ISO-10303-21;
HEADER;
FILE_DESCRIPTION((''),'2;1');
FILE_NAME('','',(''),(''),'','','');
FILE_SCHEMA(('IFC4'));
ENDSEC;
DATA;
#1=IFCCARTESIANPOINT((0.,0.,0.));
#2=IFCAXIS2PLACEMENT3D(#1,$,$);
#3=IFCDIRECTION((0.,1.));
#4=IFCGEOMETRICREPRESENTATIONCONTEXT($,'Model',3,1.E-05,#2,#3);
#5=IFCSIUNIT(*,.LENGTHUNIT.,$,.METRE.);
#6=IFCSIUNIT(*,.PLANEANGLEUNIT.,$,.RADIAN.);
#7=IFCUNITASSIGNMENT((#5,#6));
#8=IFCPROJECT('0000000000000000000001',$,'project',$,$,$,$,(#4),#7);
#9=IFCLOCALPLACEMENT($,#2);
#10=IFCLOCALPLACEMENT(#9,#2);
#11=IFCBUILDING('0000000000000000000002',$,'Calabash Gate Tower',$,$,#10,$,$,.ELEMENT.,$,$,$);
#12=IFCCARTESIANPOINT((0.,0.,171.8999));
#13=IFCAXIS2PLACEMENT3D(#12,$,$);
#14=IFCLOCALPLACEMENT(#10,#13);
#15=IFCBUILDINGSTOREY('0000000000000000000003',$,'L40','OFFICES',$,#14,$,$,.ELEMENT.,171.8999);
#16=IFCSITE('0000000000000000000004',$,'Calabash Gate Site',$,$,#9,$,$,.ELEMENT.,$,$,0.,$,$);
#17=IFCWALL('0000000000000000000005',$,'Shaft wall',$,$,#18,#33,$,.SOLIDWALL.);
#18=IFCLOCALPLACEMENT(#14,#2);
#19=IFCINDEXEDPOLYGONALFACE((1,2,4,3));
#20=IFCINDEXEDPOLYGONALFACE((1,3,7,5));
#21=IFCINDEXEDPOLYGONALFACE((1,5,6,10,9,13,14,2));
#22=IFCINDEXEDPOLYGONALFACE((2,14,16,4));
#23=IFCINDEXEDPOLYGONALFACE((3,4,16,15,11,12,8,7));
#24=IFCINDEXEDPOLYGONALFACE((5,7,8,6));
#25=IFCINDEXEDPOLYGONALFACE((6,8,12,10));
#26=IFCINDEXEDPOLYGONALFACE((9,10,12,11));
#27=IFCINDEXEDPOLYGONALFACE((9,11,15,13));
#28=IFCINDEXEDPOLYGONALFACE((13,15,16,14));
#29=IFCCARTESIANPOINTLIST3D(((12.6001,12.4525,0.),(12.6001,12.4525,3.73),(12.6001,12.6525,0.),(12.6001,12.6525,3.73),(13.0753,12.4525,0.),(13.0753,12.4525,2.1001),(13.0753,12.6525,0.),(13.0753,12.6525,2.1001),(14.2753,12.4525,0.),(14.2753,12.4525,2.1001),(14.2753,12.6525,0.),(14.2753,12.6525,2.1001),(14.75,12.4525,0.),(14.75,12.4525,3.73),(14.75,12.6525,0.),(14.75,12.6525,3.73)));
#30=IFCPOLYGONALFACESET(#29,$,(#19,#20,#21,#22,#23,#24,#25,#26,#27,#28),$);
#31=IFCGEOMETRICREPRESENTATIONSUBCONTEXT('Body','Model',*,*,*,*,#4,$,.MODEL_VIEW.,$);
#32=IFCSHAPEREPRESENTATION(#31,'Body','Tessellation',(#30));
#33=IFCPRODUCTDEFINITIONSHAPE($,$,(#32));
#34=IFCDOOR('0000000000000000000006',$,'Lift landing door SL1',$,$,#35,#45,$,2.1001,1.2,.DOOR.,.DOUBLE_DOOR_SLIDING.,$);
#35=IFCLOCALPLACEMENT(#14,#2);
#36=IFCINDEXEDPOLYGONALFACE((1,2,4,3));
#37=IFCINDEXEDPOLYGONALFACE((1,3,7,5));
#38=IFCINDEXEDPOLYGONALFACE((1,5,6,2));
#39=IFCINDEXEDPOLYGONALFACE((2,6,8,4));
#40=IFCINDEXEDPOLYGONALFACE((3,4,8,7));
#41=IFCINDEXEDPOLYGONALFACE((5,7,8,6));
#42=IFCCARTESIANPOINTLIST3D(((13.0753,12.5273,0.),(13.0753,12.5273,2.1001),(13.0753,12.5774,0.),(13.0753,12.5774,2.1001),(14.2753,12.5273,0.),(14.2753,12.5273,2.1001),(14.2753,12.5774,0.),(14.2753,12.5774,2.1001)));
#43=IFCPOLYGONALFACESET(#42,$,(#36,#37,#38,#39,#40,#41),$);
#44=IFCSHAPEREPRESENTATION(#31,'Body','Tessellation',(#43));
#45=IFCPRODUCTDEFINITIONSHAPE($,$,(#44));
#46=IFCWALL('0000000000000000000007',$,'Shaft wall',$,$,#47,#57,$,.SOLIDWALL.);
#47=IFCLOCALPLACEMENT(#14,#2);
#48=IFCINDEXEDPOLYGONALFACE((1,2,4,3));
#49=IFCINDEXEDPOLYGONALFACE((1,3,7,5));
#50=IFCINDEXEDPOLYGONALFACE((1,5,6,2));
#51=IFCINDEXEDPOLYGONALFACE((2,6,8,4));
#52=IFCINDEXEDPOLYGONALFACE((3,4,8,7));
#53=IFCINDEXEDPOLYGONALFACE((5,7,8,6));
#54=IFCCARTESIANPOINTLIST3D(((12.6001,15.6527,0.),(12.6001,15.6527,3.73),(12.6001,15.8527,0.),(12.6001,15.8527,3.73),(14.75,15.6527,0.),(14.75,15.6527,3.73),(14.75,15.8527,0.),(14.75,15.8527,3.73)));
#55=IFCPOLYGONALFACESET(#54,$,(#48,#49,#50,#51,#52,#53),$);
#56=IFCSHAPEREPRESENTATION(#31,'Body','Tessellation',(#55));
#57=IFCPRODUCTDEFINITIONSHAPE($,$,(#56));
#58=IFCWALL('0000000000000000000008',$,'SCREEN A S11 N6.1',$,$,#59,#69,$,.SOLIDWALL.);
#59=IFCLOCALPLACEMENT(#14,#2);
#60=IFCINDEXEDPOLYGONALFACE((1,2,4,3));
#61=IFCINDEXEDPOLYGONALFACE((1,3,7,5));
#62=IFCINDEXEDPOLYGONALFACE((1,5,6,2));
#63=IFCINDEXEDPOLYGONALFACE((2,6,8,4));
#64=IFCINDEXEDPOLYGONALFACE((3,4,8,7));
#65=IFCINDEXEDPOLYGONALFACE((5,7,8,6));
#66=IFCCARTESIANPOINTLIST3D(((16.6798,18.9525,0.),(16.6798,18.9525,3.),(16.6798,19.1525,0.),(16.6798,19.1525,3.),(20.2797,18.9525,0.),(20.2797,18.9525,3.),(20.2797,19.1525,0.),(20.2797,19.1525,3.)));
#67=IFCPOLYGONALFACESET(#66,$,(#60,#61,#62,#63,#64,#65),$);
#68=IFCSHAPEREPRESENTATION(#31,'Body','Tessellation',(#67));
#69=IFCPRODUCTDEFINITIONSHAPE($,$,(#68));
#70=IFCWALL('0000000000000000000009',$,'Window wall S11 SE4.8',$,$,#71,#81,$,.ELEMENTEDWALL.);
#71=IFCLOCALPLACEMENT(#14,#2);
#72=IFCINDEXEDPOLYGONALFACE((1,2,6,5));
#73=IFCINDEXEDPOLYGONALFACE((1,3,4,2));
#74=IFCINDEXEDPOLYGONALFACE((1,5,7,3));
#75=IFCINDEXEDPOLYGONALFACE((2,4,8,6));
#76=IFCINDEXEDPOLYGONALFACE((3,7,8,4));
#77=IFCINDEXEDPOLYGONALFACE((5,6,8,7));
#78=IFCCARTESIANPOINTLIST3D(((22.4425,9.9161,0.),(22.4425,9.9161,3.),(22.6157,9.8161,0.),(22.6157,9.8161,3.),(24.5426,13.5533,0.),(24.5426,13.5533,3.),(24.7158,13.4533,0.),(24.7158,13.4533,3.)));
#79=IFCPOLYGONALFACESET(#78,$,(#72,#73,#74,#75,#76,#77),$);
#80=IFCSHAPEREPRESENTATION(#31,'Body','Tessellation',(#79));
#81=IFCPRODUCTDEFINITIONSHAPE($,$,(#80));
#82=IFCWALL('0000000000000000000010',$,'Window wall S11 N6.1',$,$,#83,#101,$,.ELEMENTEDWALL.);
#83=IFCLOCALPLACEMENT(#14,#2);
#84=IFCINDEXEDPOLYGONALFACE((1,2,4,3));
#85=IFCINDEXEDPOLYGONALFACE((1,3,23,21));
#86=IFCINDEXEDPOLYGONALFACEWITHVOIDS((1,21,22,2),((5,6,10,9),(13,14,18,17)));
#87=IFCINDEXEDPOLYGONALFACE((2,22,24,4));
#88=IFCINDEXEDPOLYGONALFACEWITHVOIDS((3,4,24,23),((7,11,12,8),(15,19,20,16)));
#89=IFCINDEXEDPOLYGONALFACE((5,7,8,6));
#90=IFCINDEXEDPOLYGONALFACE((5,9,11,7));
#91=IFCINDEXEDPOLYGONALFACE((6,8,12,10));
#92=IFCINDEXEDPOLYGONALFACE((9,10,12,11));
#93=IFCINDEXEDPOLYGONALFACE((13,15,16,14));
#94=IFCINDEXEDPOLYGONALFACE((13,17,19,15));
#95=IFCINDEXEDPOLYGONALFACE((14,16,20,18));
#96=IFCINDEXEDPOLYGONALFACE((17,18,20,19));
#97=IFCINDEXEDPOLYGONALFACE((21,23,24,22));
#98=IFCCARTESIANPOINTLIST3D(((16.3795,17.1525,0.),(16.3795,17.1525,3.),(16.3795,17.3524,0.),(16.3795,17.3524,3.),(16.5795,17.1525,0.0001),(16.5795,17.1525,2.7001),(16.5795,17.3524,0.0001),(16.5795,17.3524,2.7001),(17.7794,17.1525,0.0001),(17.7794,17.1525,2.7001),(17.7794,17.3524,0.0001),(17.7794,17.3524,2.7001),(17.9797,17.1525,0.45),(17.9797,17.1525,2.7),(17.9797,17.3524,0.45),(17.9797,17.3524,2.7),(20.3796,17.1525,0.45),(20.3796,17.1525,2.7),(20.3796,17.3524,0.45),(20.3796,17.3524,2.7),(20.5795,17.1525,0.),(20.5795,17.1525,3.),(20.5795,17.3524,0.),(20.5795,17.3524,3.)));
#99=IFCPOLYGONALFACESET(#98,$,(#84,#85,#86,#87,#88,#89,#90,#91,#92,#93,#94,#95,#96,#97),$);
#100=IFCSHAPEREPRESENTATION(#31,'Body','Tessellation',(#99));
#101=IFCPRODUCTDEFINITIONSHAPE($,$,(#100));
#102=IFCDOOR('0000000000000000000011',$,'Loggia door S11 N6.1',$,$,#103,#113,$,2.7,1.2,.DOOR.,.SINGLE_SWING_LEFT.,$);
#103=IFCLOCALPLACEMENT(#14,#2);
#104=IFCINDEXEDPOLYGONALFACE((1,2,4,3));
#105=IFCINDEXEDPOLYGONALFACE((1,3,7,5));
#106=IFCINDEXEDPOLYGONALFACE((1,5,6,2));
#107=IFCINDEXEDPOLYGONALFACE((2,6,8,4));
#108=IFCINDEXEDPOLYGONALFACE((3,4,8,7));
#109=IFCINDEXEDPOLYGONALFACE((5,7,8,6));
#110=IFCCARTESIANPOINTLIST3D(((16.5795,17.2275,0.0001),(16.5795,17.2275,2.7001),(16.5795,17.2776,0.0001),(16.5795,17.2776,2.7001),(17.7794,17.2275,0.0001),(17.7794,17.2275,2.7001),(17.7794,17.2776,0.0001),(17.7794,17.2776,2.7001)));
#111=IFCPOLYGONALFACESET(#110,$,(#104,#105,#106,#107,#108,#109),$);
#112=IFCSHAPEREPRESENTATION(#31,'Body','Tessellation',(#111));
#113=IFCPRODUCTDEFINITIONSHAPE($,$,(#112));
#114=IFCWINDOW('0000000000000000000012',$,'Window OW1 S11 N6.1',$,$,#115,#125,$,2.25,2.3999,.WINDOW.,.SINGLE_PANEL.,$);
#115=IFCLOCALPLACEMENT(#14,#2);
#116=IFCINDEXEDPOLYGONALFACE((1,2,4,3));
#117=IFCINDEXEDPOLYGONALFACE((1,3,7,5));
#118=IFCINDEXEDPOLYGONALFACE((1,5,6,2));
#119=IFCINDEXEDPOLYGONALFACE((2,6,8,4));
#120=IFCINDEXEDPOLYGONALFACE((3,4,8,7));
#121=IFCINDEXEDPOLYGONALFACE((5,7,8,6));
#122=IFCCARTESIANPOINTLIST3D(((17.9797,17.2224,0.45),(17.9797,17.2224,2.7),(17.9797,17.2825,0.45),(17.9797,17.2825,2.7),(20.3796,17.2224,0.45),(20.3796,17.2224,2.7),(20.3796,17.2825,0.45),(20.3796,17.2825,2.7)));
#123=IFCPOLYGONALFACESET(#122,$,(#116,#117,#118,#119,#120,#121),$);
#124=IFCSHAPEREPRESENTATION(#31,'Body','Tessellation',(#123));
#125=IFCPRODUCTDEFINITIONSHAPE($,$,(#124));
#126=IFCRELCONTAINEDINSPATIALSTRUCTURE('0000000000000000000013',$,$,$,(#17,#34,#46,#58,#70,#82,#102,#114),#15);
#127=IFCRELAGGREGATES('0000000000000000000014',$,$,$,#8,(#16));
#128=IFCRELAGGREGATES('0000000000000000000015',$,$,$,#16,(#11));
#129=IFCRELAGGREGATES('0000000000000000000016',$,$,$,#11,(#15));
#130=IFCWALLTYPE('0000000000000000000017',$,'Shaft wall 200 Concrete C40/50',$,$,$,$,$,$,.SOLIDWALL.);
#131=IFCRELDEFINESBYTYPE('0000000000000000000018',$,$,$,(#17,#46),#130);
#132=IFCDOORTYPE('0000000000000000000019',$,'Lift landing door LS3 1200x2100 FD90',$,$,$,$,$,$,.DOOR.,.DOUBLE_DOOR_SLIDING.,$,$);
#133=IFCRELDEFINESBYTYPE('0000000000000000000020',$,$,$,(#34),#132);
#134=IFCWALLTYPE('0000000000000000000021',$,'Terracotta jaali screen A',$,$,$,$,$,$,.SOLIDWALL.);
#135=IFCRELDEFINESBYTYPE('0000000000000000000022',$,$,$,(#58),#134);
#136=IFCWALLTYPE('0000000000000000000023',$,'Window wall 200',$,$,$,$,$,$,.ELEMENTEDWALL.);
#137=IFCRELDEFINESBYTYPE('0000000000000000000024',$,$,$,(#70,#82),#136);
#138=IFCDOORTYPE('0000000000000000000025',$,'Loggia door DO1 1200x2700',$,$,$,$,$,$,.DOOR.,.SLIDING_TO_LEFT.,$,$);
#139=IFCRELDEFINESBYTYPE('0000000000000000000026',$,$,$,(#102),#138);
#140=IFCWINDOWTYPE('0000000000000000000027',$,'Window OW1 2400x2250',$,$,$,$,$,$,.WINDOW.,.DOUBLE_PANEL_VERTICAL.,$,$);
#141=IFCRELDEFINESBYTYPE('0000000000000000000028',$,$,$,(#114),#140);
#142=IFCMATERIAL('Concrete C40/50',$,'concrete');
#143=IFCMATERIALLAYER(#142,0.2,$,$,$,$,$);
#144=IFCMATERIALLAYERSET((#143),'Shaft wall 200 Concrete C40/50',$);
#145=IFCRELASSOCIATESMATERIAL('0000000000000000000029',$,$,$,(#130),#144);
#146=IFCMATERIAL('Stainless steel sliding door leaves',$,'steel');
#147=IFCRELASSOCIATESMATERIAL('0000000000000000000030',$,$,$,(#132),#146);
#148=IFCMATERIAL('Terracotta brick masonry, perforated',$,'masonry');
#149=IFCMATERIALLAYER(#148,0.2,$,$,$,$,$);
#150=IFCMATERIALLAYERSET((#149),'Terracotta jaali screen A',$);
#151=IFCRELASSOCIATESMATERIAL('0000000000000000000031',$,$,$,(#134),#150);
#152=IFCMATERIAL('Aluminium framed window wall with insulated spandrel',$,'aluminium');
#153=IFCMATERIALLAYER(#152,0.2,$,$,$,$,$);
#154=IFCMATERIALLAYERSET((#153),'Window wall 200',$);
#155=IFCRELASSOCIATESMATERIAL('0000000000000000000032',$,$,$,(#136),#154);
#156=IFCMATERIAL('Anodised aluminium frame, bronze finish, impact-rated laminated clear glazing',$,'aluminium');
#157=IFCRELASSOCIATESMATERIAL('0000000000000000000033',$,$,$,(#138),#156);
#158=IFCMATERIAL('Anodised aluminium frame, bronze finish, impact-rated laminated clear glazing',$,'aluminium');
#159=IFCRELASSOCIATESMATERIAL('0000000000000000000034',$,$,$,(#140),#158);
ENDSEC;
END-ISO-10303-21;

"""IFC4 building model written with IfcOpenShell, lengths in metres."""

from ifc_helpers import new_model, si_unit, direction, frame, frame_2d, origin, place, context, subcontext, project, spatial, rectangle, extrude, material, layer, layer_set, type_object, element, fill, save


model = new_model("IFC4")

# Units and contexts
model_context = context("Model", 3, precision=1e-05, world=origin(), true_north=direction((0.0, 1.0)))
body_context = subcontext(model_context, "Body", "Model", "MODEL_VIEW")
ifc_project = project(units=[si_unit("LENGTHUNIT", "METRE"), si_unit("PLANEANGLEUNIT", "RADIAN")], contexts=[model_context])

# Site, building, storey
site_placement = place(None, origin())
site = spatial("IfcSite", under=ifc_project, at=site_placement, Name="Calabash Gate Site", CompositionType="ELEMENT", RefElevation=0.0)
building_placement = place(site_placement, origin())
building = spatial("IfcBuilding", under=site, at=building_placement, Name="Calabash Gate Tower", CompositionType="ELEMENT")
storey_placement = place(building_placement, frame((0.0, 0.0, 171.8999)))
storey = spatial("IfcBuildingStorey", under=building, at=storey_placement, Name="L40", Description="OFFICES", CompositionType="ELEMENT", Elevation=171.8999)

# Shared definitions
ifc_material_1 = material(Name="Concrete C40/50", Category="concrete")
ifc_layer_1 = layer(ifc_material_1, 0.2)
ifc_layer_set_1 = layer_set([ifc_layer_1], Name="Shaft wall 200 Concrete C40/50")
wall_type_1 = type_object("IfcWallType", Name="Shaft wall 200 Concrete C40/50", PredefinedType="SOLIDWALL", material=ifc_layer_set_1)

# Wall, opening, door
wall_1_placement = place(storey_placement, frame((12.6001, 12.5525, 0.0), z_axis=(0.0, 0.0, 1.0), x_axis=(1.0, 0.0, 0.0)))
wall_1 = element("IfcWall", 1, at=wall_1_placement, inside=storey, type_object=wall_type_1, Name="Shaft wall", PredefinedType="SOLIDWALL", context=body_context, shape_type="SweptSolid", body=[
    extrude(rectangle(XDim=2.1499, YDim=0.2, at=frame_2d((1.075, 0.0))), origin(), (0.0, 0.0, 1.0), 3.73),
])
opening_1_placement = place(wall_1_placement, frame((0.4751, 0.0, 0.0)))
opening_1 = element("IfcOpeningElement", 2, at=opening_1_placement, cuts=wall_1, PredefinedType="OPENING", context=body_context, shape_type="SweptSolid", body=[
    extrude(rectangle(XDim=1.2, YDim=2.1001, at=frame_2d((0.6001, 1.05))), frame((0.0, 0.1099, 0.0), z_axis=(0.0, -1.0, 0.0), x_axis=(1.0, 0.0, 0.0)), (0.0, 0.0, 1.0), 0.22),
])
ifc_material_2 = material(Name="Stainless steel sliding door leaves", Category="steel")
door_type_1 = type_object("IfcDoorType", Name="Lift landing door LS3 1200x2100 FD90", OperationType="DOUBLE_DOOR_SLIDING", PredefinedType="DOOR", material=ifc_material_2)
door_1_placement = place(opening_1_placement, origin())
door_1 = element("IfcDoor", 3, at=door_1_placement, inside=storey, type_object=door_type_1, Name="Lift landing door SL1", OperationType="DOUBLE_DOOR_SLIDING", OverallHeight=2.1001, OverallWidth=1.2, PredefinedType="DOOR", context=body_context, shape_type="SweptSolid", body=[
    extrude(rectangle(XDim=1.2, YDim=2.1001, at=frame_2d((0.6001, 1.05))), frame((0.0, 0.0249, 0.0), z_axis=(0.0, -1.0, 0.0), x_axis=(1.0, 0.0, 0.0)), (0.0, 0.0, 1.0), 0.05),
])
fill(opening_1, door_1)

# Walls
wall_2_placement = place(storey_placement, frame((12.6001, 15.7527, 0.0), z_axis=(0.0, 0.0, 1.0), x_axis=(1.0, 0.0, 0.0)))
element("IfcWall", 4, at=wall_2_placement, inside=storey, type_object=wall_type_1, Name="Shaft wall", PredefinedType="SOLIDWALL", context=body_context, shape_type="SweptSolid", body=[
    extrude(rectangle(XDim=2.1499, YDim=0.2, at=frame_2d((1.075, 0.0))), origin(), (0.0, 0.0, 1.0), 3.73),
])
ifc_material_3 = material(Name="Terracotta brick masonry, perforated", Category="masonry")
ifc_layer_2 = layer(ifc_material_3, 0.2)
ifc_layer_set_2 = layer_set([ifc_layer_2], Name="Terracotta jaali screen A")
wall_type_2 = type_object("IfcWallType", Name="Terracotta jaali screen A", PredefinedType="SOLIDWALL", material=ifc_layer_set_2)
wall_3_placement = place(storey_placement, frame((20.2795, 19.0525, 0.0), z_axis=(0.0, 0.0, 1.0), x_axis=(-1.0, 0.0, 0.0)))
element("IfcWall", 5, at=wall_3_placement, inside=storey, type_object=wall_type_2, Name="SCREEN A S11 N6.1", PredefinedType="SOLIDWALL", context=body_context, shape_type="SweptSolid", body=[
    extrude(rectangle(XDim=3.5999, YDim=0.2, at=frame_2d((1.7998, 0.0))), origin(), (0.0, 0.0, 1.0), 3.0),
])
ifc_material_4 = material(Name="Aluminium framed window wall with insulated spandrel", Category="aluminium")
ifc_layer_3 = layer(ifc_material_4, 0.2)
ifc_layer_set_3 = layer_set([ifc_layer_3], Name="Window wall 200")
wall_type_3 = type_object("IfcWallType", Name="Window wall 200", PredefinedType="ELEMENTEDWALL", material=ifc_layer_set_3)
wall_4_placement = place(storey_placement, frame((22.5291, 9.866, 0.0), z_axis=(0.0, 0.0, 1.0), x_axis=(0.500028, 0.866009, 0.0)))
element("IfcWall", 6, at=wall_4_placement, inside=storey, type_object=wall_type_3, Name="Window wall S11 SE4.8", PredefinedType="ELEMENTEDWALL", context=body_context, shape_type="SweptSolid", body=[
    extrude(rectangle(XDim=4.2, YDim=0.2, at=frame_2d((2.1001, 0.0))), origin(), (0.0, 0.0, 1.0), 3.0),
])

# Wall, openings, door, window
wall_5_placement = place(storey_placement, frame((20.5796, 17.2524, 0.0), z_axis=(0.0, 0.0, 1.0), x_axis=(-1.0, 0.0, 0.0)))
wall_5 = element("IfcWall", 7, at=wall_5_placement, inside=storey, type_object=wall_type_3, Name="Window wall S11 N6.1", PredefinedType="ELEMENTEDWALL", context=body_context, shape_type="SweptSolid", body=[
    extrude(rectangle(XDim=4.2, YDim=0.2, at=frame_2d((2.1001, 0.0))), origin(), (0.0, 0.0, 1.0), 3.0),
])
opening_2_placement = place(wall_5_placement, frame((0.2, 0.0, 0.45)))
opening_2 = element("IfcOpeningElement", 8, at=opening_2_placement, cuts=wall_5, PredefinedType="OPENING", context=body_context, shape_type="SweptSolid", body=[
    extrude(rectangle(XDim=2.3999, YDim=2.25, at=frame_2d((1.2, 1.125))), frame((0.0, 0.1099, 0.0), z_axis=(0.0, -1.0, 0.0), x_axis=(1.0, 0.0, 0.0)), (0.0, 0.0, 1.0), 0.22),
])
opening_3_placement = place(wall_5_placement, frame((2.8, 0.0, 0.0)))
opening_3 = element("IfcOpeningElement", 9, at=opening_3_placement, cuts=wall_5, PredefinedType="OPENING", context=body_context, shape_type="SweptSolid", body=[
    extrude(rectangle(XDim=1.2, YDim=2.7, at=frame_2d((0.6001, 1.3501))), frame((0.0, 0.1099, 0.0), z_axis=(0.0, -1.0, 0.0), x_axis=(1.0, 0.0, 0.0)), (0.0, 0.0, 1.0), 0.22),
])
ifc_material_5 = material(Name="Anodised aluminium frame, bronze finish, impact-rated laminated clear glazing", Category="aluminium")
door_type_2 = type_object("IfcDoorType", Name="Loggia door DO1 1200x2700", OperationType="SLIDING_TO_LEFT", PredefinedType="DOOR", material=ifc_material_5)
door_2_placement = place(opening_3_placement, origin())
door_2 = element("IfcDoor", 10, at=door_2_placement, inside=storey, type_object=door_type_2, Name="Loggia door S11 N6.1", OperationType="SINGLE_SWING_LEFT", OverallHeight=2.7, OverallWidth=1.2, PredefinedType="DOOR", context=body_context, shape_type="SweptSolid", body=[
    extrude(rectangle(XDim=1.2, YDim=2.7, at=frame_2d((0.6001, 1.3501))), frame((0.0, 0.0249, 0.0), z_axis=(0.0, -1.0, 0.0), x_axis=(1.0, 0.0, 0.0)), (0.0, 0.0, 1.0), 0.05),
])
fill(opening_3, door_2)
ifc_material_6 = material(Name="Anodised aluminium frame, bronze finish, impact-rated laminated clear glazing", Category="aluminium")
window_type = type_object("IfcWindowType", Name="Window OW1 2400x2250", PartitioningType="DOUBLE_PANEL_VERTICAL", PredefinedType="WINDOW", material=ifc_material_6)
window_placement = place(opening_2_placement, origin())
window = element("IfcWindow", 11, at=window_placement, inside=storey, type_object=window_type, Name="Window OW1 S11 N6.1", OverallHeight=2.25, OverallWidth=2.3999, PartitioningType="SINGLE_PANEL", PredefinedType="WINDOW", context=body_context, shape_type="SweptSolid", body=[
    extrude(rectangle(XDim=2.3999, YDim=2.25, at=frame_2d((1.2, 1.125))), frame((0.0, 0.03, 0.0), z_axis=(0.0, -1.0, 0.0), x_axis=(1.0, 0.0, 0.0)), (0.0, 0.0, 1.0), 0.0601),
])
fill(opening_2, window)

save(model, "model.ifc")
